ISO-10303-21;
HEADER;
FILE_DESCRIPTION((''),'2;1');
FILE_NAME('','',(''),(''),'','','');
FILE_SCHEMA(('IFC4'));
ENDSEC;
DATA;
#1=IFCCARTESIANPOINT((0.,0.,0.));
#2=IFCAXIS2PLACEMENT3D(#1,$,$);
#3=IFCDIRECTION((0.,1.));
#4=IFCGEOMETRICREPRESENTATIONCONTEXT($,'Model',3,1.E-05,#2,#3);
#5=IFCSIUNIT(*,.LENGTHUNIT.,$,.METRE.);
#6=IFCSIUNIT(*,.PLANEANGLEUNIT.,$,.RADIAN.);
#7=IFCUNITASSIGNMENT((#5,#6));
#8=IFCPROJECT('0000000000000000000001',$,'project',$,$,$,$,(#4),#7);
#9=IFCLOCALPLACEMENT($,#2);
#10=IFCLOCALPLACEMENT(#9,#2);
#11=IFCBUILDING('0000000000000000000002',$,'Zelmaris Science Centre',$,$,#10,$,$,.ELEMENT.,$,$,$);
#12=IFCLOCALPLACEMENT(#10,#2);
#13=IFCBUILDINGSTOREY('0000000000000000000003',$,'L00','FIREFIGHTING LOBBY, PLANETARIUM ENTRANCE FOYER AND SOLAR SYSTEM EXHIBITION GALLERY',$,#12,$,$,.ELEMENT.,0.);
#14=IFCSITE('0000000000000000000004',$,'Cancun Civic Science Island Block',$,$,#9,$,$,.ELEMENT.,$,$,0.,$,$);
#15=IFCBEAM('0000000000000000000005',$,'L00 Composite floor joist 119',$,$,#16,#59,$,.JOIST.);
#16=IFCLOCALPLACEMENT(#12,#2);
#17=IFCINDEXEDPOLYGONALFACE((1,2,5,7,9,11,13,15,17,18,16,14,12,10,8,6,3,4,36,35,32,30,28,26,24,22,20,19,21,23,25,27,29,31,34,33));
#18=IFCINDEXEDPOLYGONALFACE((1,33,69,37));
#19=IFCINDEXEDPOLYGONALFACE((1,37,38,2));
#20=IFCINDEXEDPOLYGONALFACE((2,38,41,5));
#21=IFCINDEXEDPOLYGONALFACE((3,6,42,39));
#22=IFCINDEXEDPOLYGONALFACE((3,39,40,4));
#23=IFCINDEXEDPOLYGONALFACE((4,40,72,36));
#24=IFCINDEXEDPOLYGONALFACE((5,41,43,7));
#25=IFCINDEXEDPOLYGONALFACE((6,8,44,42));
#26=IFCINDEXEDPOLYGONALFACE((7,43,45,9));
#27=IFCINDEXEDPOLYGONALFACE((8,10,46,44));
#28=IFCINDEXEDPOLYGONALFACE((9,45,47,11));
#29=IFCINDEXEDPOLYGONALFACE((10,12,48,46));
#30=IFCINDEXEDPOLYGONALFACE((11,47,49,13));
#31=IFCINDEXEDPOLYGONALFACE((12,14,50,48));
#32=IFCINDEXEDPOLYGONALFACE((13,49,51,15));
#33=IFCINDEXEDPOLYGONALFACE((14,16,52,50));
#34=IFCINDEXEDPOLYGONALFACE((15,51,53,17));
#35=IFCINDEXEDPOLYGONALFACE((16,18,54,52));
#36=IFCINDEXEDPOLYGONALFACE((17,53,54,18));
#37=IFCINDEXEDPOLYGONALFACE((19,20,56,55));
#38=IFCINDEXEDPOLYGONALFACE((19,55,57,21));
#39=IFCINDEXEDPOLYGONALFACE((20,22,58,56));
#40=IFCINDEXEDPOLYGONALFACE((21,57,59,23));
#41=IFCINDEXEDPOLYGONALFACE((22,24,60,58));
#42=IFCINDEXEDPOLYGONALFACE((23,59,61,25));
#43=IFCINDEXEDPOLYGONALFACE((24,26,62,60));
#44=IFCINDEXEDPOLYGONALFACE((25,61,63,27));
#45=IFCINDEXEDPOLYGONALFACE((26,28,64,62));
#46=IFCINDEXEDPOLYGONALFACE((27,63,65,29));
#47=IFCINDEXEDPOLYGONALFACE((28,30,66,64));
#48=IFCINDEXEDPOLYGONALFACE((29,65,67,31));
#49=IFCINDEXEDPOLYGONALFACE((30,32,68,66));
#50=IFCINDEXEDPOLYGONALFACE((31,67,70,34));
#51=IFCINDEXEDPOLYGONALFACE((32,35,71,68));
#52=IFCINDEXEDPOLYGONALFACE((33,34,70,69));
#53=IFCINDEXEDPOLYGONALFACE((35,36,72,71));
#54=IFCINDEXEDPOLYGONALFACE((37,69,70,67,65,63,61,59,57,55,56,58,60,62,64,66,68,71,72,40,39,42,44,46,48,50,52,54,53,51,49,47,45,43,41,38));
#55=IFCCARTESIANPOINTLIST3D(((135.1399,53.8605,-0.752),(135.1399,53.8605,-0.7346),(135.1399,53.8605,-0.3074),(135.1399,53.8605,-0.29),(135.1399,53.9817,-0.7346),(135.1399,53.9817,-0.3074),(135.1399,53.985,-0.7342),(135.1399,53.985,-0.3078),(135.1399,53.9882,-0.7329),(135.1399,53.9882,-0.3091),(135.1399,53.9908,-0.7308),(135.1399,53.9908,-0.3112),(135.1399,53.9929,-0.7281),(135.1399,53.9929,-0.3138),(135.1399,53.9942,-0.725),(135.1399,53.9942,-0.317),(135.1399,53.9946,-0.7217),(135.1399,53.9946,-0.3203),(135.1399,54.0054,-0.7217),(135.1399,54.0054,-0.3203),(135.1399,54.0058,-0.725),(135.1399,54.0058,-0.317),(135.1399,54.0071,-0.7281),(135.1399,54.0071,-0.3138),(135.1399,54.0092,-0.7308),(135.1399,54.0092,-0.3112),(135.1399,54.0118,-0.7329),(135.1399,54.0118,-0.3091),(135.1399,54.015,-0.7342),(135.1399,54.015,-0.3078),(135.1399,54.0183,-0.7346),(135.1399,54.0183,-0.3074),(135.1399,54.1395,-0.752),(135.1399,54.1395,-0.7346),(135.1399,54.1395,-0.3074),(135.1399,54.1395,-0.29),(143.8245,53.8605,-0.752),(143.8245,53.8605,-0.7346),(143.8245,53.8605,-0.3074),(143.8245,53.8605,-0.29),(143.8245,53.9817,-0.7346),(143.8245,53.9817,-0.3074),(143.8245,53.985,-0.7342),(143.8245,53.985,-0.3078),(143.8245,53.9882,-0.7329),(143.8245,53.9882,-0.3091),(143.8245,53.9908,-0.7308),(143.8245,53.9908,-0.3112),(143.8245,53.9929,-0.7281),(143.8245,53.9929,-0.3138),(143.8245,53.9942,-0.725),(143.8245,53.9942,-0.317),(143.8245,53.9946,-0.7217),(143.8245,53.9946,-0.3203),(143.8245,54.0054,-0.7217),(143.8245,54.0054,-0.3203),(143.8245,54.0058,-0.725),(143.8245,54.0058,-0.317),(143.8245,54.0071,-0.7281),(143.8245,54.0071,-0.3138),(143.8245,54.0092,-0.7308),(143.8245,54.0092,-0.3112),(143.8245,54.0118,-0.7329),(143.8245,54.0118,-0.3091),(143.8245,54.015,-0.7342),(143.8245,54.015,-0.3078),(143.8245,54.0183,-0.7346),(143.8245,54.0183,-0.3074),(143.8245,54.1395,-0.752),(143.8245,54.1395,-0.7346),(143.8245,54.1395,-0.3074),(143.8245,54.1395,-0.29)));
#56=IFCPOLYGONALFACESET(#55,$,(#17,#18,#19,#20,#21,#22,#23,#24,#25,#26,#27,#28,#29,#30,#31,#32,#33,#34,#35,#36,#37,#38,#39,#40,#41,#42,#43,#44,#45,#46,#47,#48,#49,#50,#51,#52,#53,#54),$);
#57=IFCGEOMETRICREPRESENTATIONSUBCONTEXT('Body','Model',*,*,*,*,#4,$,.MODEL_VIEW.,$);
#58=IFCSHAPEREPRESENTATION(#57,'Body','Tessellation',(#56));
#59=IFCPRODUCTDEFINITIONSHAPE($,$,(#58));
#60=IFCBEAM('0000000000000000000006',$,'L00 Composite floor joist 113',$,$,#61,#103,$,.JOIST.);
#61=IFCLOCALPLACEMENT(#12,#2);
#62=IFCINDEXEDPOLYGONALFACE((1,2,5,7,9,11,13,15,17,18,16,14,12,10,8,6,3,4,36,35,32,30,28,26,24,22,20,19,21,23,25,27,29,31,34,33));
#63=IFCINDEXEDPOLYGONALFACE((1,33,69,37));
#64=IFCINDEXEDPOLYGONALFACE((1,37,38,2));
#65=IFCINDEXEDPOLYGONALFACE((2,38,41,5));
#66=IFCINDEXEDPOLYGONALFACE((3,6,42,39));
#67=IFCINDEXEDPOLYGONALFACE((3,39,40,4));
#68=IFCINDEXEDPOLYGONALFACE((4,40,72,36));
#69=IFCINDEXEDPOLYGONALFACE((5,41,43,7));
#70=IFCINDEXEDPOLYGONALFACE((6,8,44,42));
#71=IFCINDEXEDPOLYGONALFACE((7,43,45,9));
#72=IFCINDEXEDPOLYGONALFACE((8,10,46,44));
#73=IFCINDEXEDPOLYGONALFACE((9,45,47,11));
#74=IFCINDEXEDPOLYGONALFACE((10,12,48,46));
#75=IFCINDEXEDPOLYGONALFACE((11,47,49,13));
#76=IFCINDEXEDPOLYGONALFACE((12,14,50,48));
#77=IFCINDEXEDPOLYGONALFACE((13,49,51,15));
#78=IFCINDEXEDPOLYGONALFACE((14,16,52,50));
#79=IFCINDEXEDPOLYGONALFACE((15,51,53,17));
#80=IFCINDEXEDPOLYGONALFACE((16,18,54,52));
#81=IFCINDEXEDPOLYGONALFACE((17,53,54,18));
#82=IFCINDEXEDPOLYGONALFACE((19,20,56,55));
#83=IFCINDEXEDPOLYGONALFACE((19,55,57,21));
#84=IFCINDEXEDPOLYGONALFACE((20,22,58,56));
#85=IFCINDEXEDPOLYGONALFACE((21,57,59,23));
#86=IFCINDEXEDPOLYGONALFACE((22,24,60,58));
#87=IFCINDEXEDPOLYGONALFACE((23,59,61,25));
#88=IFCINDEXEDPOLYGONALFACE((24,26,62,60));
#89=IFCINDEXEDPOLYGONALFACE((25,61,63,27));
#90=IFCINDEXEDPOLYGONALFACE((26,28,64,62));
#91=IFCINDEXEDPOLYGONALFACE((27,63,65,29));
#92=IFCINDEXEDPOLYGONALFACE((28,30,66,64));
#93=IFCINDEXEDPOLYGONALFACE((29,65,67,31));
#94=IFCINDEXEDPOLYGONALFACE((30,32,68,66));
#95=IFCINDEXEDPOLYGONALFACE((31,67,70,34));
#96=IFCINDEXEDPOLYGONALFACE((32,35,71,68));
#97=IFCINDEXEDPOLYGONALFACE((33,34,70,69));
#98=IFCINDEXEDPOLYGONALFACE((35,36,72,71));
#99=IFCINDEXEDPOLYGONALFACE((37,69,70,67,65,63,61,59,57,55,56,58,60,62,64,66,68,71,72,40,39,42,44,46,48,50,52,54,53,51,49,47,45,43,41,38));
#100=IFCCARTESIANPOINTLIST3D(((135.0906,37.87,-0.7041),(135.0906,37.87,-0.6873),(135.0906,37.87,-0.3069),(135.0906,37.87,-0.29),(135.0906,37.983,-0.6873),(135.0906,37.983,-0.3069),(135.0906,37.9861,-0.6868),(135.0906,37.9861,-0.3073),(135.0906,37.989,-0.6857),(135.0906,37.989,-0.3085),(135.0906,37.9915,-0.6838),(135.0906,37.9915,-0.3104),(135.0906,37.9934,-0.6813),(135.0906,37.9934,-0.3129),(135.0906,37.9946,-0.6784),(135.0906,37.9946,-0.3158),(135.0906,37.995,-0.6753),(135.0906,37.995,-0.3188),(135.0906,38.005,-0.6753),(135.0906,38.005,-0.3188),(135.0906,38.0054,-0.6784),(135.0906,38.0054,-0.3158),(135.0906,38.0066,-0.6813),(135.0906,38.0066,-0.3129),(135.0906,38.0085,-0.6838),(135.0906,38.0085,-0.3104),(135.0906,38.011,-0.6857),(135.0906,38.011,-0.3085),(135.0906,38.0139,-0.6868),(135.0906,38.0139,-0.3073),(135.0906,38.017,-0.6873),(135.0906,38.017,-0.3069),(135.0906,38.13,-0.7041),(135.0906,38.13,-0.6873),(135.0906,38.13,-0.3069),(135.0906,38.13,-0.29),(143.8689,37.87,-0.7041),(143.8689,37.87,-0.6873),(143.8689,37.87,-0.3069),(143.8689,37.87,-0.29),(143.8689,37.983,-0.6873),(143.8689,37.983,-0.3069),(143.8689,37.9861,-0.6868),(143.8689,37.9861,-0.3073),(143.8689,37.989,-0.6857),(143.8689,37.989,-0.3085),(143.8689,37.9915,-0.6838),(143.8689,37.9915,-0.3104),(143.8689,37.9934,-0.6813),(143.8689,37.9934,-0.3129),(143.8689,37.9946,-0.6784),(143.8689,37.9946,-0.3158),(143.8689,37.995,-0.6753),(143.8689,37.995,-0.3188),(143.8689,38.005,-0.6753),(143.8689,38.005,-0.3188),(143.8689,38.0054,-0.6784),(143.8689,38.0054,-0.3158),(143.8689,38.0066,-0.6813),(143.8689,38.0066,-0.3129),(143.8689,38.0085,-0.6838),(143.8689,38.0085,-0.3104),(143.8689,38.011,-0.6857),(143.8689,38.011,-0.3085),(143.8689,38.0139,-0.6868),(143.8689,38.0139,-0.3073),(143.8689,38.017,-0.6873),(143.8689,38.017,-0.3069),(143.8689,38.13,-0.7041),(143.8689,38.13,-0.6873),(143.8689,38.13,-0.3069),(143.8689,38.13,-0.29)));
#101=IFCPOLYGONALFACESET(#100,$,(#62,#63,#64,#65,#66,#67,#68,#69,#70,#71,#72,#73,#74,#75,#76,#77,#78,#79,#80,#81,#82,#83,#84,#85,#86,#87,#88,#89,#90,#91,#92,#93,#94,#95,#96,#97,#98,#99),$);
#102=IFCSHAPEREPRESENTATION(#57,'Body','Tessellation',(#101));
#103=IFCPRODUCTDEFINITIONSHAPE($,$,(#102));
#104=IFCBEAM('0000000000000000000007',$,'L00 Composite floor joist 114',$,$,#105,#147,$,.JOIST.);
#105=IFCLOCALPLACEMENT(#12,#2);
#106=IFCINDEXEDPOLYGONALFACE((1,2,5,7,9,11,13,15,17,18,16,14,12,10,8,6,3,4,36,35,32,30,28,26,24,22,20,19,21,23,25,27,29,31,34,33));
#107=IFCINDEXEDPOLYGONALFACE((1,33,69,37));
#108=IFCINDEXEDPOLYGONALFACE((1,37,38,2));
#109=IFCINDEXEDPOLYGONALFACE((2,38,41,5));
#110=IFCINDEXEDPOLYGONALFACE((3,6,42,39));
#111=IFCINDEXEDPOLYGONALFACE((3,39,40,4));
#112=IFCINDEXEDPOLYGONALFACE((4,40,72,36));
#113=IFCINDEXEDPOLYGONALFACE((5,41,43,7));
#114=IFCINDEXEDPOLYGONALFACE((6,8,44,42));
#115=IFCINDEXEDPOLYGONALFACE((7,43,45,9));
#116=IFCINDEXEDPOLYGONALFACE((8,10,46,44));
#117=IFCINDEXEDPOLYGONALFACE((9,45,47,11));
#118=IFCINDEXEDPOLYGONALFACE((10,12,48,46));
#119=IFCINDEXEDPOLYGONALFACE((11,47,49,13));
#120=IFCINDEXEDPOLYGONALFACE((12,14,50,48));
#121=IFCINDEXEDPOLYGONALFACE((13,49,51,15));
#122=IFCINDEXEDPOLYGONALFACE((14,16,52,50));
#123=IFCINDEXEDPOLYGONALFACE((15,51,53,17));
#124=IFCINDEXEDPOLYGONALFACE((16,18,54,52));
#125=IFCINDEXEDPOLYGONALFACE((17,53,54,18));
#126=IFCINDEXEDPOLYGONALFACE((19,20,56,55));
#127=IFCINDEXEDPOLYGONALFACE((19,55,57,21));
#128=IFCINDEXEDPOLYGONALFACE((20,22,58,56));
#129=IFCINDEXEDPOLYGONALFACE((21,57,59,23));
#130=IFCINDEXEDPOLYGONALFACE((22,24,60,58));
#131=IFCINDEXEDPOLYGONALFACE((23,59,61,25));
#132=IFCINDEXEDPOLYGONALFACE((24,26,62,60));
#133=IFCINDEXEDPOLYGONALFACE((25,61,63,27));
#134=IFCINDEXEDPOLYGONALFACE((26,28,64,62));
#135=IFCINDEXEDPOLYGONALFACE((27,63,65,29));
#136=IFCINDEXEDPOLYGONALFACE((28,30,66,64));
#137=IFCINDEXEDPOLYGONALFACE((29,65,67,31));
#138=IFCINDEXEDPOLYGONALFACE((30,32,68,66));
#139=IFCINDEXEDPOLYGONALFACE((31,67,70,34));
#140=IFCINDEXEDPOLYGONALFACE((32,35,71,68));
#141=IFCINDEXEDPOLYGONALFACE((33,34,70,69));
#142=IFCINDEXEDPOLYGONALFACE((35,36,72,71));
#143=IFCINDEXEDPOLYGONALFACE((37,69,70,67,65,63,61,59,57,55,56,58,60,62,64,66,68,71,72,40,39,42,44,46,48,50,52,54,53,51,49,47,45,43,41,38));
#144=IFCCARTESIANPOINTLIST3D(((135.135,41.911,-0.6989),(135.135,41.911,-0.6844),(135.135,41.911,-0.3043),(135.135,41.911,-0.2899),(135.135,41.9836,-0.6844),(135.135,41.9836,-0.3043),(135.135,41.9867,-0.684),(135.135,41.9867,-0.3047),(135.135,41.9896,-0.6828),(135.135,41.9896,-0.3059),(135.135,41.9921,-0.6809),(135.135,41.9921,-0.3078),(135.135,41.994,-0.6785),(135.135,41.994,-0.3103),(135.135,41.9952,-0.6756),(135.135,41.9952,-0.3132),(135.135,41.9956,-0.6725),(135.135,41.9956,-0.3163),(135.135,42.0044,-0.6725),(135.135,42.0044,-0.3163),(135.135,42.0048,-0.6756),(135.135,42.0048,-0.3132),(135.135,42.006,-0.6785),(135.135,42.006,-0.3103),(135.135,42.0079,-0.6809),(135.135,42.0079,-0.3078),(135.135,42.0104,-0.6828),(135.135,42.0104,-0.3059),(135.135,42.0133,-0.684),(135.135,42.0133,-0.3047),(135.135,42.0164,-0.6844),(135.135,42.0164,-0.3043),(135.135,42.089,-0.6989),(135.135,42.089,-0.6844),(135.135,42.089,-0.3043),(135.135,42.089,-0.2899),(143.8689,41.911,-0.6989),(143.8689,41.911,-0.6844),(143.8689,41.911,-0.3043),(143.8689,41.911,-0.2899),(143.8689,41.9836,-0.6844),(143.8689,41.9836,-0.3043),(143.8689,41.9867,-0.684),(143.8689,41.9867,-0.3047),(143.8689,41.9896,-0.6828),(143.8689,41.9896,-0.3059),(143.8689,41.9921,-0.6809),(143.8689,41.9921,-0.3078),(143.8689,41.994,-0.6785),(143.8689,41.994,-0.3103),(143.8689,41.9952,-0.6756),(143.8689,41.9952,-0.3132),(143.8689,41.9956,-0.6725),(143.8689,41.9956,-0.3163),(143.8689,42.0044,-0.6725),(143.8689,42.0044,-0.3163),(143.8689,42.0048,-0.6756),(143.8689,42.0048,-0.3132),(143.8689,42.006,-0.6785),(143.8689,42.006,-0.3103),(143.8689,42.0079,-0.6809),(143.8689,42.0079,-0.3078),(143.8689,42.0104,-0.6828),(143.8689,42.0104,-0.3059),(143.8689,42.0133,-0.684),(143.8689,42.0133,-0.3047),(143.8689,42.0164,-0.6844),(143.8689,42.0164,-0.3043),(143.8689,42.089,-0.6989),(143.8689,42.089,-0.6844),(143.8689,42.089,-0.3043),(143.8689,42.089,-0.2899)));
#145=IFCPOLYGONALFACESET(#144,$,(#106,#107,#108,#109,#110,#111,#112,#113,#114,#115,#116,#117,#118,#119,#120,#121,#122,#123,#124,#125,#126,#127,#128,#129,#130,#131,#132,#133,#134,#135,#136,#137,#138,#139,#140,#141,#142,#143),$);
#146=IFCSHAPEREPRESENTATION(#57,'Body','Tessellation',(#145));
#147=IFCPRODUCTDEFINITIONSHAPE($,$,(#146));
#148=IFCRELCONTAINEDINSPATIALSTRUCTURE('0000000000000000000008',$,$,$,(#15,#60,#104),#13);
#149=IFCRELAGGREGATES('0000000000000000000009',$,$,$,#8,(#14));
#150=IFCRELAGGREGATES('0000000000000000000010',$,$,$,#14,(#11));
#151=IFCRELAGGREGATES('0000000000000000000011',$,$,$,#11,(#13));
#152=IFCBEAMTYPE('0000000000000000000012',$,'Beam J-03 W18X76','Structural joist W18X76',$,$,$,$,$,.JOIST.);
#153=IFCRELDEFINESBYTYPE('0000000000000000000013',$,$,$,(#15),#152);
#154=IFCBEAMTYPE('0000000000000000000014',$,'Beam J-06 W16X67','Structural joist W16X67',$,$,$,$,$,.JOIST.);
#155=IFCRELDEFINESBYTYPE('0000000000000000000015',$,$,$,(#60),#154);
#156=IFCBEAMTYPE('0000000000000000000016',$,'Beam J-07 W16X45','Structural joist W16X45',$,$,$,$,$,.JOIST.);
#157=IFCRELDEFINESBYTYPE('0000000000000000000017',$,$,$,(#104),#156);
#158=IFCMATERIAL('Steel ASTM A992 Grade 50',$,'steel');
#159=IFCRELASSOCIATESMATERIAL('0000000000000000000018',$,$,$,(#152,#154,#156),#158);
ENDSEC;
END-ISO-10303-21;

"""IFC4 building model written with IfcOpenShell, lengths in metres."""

from ifc_helpers import new_model, si_unit, direction, frame, origin, origin_2d, place, context, subcontext, project, spatial, i_section, extrude, material, material_profile, profile_set, type_object, element, save


model = new_model("IFC4")

# Units and contexts
model_context = context("Model", 3, precision=1e-05, world=origin(), true_north=direction((0.0, 1.0)))
body_context = subcontext(model_context, "Body", "Model", "MODEL_VIEW")
ifc_project = project(units=[si_unit("LENGTHUNIT", "METRE"), si_unit("PLANEANGLEUNIT", "RADIAN")], contexts=[model_context])

# Site, building, storey
site_placement = place(None, origin())
site = spatial("IfcSite", under=ifc_project, at=site_placement, Name="Cancun Civic Science Island Block", CompositionType="ELEMENT", RefElevation=0.0)
building_placement = place(site_placement, origin())
building = spatial("IfcBuilding", under=site, at=building_placement, Name="Zelmaris Science Centre", CompositionType="ELEMENT")
storey_placement = place(building_placement, origin())
storey = spatial("IfcBuildingStorey", under=building, at=storey_placement, Name="L00", Description="FIREFIGHTING LOBBY, PLANETARIUM ENTRANCE FOYER AND SOLAR SYSTEM EXHIBITION GALLERY", CompositionType="ELEMENT", Elevation=0.0)

# Shared definitions
ifc_material_1 = material(Name="Steel ASTM A992 Grade 50", Category="steel")

# Beams
ifc_material_profile_1 = material_profile(ifc_material_1, i_section(OverallWidth=0.2791, OverallDepth=0.4619, WebThickness=0.0107, FlangeThickness=0.0173, FilletRadius=0.0129, at=origin_2d()), Name="W18X76")
ifc_profile_set_1 = profile_set([ifc_material_profile_1], Name="Steel ASTM A992 Grade 50")
beam_type_1 = type_object("IfcBeamType", Name="Beam J-03 W18X76", Description="Structural joist W18X76", PredefinedType="JOIST", material=ifc_profile_set_1)
beam_1_placement = place(storey_placement, frame((135.1399, 54.0, -0.521), z_axis=(1.0, 0.0, 0.0), x_axis=(0.0, 1.0, 0.0)))
element("IfcBeam", 1, at=beam_1_placement, inside=storey, type_object=beam_type_1, Name="L00 Composite floor joist 119", PredefinedType="JOIST", context=body_context, shape_type="SweptSolid", body=[
    extrude(i_section(OverallWidth=0.2791, OverallDepth=0.4619, WebThickness=0.0107, FlangeThickness=0.0173, FilletRadius=0.0129, at=origin_2d()), origin(), (0.0, 0.0, 1.0), 8.6846),
])
ifc_material_profile_2 = material_profile(ifc_material_1, i_section(OverallWidth=0.26, OverallDepth=0.4141, WebThickness=0.01, FlangeThickness=0.0168, FilletRadius=0.012, at=origin_2d()), Name="W16X67")
ifc_profile_set_2 = profile_set([ifc_material_profile_2], Name="Steel ASTM A992 Grade 50")
beam_type_2 = type_object("IfcBeamType", Name="Beam J-06 W16X67", Description="Structural joist W16X67", PredefinedType="JOIST", material=ifc_profile_set_2)
beam_2_placement = place(storey_placement, frame((135.0906, 38.0, -0.4971), z_axis=(1.0, 0.0, 0.0), x_axis=(0.0, 1.0, 0.0)))
element("IfcBeam", 2, at=beam_2_placement, inside=storey, type_object=beam_type_2, Name="L00 Composite floor joist 113", PredefinedType="JOIST", context=body_context, shape_type="SweptSolid", body=[
    extrude(i_section(OverallWidth=0.26, OverallDepth=0.4141, WebThickness=0.01, FlangeThickness=0.0168, FilletRadius=0.012, at=origin_2d()), origin(), (0.0, 0.0, 1.0), 8.7783),
])
ifc_material_profile_3 = material_profile(ifc_material_1, i_section(OverallWidth=0.178, OverallDepth=0.4089, WebThickness=0.0088, FlangeThickness=0.0144, FilletRadius=0.012, at=origin_2d()), Name="W16X45")
ifc_profile_set_3 = profile_set([ifc_material_profile_3], Name="Steel ASTM A992 Grade 50")
beam_type_3 = type_object("IfcBeamType", Name="Beam J-07 W16X45", Description="Structural joist W16X45", PredefinedType="JOIST", material=ifc_profile_set_3)
beam_3_placement = place(storey_placement, frame((135.135, 42.0, -0.4944), z_axis=(1.0, 0.0, 0.0), x_axis=(0.0, 1.0, 0.0)))
element("IfcBeam", 3, at=beam_3_placement, inside=storey, type_object=beam_type_3, Name="L00 Composite floor joist 114", PredefinedType="JOIST", context=body_context, shape_type="SweptSolid", body=[
    extrude(i_section(OverallWidth=0.178, OverallDepth=0.4089, WebThickness=0.0088, FlangeThickness=0.0144, FilletRadius=0.012, at=origin_2d()), origin(), (0.0, 0.0, 1.0), 8.7339),
])

save(model, "model.ifc")
